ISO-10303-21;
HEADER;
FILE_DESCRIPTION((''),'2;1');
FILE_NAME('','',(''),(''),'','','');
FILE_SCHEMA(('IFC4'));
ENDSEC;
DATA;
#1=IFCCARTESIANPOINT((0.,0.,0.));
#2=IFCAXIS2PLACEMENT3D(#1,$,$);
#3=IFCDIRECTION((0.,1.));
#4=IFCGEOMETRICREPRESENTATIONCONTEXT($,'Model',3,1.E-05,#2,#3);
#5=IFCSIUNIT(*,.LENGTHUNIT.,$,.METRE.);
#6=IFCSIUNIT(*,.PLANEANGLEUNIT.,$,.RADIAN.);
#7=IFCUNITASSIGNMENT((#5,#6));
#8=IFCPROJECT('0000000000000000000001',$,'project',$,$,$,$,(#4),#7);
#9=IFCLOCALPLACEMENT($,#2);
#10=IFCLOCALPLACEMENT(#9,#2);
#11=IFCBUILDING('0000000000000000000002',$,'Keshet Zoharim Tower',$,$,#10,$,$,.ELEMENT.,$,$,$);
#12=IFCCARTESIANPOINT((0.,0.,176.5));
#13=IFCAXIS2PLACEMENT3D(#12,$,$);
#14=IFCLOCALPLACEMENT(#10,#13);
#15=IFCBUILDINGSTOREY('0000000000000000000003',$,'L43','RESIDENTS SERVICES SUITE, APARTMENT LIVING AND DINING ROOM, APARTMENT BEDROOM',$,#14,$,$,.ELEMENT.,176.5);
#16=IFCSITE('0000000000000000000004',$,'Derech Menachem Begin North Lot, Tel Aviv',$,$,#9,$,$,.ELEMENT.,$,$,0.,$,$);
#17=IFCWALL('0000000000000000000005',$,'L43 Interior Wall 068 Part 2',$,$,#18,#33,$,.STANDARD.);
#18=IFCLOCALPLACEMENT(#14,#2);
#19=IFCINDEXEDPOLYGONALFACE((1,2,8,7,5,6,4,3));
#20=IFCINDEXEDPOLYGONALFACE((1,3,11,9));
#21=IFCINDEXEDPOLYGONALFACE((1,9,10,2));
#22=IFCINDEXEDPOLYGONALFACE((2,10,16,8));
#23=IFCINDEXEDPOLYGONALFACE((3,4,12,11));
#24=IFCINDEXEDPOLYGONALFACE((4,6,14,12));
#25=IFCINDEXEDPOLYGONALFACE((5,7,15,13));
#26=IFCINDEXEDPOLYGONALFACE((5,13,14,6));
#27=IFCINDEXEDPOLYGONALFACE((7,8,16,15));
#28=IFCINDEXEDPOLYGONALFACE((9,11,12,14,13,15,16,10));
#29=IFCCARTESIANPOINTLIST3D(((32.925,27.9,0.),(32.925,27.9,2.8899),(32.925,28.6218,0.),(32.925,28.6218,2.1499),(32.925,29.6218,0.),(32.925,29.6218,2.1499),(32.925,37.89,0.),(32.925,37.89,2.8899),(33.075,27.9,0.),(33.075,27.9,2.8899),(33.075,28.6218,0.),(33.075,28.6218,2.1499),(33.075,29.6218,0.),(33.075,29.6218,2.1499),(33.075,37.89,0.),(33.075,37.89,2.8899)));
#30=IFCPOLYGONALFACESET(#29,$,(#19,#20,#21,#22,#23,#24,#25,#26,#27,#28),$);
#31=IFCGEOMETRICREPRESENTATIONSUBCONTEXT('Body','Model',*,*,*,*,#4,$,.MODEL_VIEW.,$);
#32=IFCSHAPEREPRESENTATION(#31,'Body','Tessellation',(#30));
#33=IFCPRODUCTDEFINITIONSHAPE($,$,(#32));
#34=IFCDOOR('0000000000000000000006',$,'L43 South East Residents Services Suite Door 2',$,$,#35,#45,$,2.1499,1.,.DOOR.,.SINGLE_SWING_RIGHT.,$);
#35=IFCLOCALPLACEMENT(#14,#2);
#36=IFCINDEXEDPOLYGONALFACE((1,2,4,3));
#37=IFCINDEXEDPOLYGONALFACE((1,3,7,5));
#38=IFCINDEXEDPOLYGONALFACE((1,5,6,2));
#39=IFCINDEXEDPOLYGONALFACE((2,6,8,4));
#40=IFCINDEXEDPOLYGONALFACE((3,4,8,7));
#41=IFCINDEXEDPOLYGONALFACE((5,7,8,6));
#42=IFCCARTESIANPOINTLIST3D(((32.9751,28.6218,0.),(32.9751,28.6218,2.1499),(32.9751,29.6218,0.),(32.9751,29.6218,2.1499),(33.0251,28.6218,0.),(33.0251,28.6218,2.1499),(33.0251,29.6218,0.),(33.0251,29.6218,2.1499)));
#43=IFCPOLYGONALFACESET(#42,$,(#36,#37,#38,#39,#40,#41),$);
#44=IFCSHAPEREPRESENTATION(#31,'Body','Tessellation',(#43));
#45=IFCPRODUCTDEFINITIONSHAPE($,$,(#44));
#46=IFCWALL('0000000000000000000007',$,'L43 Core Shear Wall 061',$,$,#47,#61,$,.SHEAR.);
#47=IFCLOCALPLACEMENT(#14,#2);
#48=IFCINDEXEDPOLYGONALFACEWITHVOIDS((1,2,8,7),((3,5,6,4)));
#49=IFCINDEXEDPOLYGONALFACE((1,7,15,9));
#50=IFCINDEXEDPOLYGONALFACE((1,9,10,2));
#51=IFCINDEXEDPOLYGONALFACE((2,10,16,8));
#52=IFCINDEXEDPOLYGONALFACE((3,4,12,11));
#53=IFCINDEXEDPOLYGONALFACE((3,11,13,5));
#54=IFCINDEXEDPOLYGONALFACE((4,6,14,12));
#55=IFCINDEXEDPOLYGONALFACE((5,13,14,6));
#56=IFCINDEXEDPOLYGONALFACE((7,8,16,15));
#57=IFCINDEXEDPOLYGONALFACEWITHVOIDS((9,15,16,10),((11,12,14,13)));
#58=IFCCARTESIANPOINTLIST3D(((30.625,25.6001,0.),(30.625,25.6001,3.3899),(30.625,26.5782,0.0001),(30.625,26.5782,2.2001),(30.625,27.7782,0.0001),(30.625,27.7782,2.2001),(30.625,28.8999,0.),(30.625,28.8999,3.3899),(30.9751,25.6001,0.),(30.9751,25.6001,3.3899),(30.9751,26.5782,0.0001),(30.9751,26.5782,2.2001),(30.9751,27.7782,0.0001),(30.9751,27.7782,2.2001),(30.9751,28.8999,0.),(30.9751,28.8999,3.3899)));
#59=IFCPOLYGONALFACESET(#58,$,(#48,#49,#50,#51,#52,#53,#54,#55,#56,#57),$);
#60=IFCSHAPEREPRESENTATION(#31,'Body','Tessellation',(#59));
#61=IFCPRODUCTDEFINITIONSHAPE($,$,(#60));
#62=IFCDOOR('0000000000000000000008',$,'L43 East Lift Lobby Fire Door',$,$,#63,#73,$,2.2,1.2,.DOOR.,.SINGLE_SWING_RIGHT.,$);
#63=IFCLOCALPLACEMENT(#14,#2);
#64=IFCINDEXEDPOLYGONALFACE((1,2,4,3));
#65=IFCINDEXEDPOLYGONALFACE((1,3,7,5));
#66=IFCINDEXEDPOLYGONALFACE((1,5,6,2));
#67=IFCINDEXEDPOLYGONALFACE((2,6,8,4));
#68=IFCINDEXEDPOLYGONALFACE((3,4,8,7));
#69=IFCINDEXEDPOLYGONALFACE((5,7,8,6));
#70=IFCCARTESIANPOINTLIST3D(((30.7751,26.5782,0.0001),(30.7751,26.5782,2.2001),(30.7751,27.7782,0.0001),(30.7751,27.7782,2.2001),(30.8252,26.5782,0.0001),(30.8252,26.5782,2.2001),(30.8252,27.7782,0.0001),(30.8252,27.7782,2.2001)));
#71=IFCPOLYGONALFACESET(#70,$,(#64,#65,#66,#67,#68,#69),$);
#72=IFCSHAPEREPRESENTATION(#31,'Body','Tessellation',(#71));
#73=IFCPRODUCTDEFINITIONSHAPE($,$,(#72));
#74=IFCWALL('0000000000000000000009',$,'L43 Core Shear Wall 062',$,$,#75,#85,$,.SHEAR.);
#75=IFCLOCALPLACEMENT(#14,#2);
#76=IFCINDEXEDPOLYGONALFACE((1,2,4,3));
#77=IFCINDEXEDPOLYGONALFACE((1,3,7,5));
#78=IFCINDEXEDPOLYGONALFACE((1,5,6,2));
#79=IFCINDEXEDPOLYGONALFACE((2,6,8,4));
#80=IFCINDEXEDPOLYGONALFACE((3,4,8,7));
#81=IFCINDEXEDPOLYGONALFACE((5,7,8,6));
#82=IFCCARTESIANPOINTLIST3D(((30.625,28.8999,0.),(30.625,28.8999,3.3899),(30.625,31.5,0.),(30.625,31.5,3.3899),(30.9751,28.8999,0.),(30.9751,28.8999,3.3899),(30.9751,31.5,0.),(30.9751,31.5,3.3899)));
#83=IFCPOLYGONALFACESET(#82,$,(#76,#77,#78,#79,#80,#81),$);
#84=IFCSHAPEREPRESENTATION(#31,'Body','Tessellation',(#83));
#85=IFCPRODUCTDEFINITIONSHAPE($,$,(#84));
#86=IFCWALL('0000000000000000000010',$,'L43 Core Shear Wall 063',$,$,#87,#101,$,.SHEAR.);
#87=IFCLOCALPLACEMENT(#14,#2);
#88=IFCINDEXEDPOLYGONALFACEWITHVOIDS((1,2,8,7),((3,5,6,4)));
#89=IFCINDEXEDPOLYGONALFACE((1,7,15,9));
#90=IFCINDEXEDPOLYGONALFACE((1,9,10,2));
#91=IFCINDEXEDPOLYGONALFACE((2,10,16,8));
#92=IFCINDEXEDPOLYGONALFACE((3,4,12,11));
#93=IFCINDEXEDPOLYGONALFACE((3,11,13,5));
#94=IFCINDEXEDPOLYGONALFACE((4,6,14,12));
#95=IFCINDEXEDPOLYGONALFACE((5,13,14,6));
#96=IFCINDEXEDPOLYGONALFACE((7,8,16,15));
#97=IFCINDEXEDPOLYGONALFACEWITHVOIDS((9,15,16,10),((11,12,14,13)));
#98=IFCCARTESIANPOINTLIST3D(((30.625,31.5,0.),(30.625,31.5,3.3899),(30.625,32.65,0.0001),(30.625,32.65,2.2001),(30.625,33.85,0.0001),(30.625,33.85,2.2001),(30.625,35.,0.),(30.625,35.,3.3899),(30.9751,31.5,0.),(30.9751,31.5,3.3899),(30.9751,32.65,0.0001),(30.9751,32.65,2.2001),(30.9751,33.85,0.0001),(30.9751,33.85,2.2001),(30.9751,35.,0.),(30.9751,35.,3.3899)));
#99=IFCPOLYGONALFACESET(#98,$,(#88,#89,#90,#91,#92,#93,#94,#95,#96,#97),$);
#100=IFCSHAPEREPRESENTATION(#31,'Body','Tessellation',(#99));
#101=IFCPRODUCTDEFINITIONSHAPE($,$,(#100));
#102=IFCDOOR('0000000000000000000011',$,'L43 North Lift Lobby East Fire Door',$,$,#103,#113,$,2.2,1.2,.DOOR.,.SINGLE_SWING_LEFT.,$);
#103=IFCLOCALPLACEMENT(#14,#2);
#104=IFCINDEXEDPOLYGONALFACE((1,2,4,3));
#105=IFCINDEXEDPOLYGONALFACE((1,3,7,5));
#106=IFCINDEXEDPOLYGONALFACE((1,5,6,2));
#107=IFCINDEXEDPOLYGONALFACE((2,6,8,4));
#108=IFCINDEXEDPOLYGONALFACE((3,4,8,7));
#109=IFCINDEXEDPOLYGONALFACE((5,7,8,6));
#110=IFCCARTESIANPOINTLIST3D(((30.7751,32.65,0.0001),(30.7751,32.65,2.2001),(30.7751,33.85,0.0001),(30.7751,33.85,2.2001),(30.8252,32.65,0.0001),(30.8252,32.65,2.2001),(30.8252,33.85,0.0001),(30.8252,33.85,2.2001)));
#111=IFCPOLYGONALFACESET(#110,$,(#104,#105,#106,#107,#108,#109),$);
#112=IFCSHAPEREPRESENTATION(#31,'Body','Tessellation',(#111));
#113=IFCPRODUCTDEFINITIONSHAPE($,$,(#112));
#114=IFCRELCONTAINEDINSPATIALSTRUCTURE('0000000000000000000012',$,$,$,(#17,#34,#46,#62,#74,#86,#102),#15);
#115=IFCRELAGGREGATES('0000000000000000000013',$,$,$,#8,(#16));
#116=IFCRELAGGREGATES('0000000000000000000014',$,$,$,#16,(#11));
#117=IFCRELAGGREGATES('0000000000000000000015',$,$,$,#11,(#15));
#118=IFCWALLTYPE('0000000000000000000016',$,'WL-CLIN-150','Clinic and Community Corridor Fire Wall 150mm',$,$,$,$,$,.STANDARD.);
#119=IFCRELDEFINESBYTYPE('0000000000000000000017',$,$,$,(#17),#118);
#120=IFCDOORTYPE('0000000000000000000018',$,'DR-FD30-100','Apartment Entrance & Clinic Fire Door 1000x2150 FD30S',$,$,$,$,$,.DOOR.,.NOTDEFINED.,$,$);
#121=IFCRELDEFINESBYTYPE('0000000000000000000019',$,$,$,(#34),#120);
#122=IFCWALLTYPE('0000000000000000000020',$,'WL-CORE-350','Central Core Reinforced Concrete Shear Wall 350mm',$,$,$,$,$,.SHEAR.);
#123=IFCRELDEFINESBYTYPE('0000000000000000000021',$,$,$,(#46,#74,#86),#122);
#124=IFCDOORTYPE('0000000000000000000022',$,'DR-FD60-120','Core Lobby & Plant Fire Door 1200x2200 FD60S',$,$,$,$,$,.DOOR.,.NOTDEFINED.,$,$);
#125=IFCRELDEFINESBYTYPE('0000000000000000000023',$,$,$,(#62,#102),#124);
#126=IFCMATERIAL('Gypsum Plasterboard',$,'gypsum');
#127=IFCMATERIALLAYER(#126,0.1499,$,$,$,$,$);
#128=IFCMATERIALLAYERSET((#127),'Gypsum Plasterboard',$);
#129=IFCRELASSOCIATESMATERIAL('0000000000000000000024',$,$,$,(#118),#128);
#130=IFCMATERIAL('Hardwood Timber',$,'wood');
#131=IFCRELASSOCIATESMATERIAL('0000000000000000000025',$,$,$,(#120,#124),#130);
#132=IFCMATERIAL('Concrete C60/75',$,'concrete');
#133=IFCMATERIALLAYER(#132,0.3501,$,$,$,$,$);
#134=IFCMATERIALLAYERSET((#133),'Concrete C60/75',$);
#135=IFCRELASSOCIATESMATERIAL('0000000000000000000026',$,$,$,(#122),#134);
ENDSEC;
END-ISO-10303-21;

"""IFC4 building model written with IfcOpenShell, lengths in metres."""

from ifc_helpers import new_model, si_unit, direction, frame, frame_2d, origin, place, context, subcontext, project, spatial, rectangle, extrude, material, layer, layer_set, type_object, element, fill, save


model = new_model("IFC4")

# Units and contexts
model_context = context("Model", 3, precision=1e-05, world=origin(), true_north=direction((0.0, 1.0)))
body_context = subcontext(model_context, "Body", "Model", "MODEL_VIEW")
ifc_project = project(units=[si_unit("LENGTHUNIT", "METRE"), si_unit("PLANEANGLEUNIT", "RADIAN")], contexts=[model_context])

# Site, building, storey
site_placement = place(None, origin())
site = spatial("IfcSite", under=ifc_project, at=site_placement, Name="Derech Menachem Begin North Lot, Tel Aviv", CompositionType="ELEMENT", RefElevation=0.0)
building_placement = place(site_placement, origin())
building = spatial("IfcBuilding", under=site, at=building_placement, Name="Keshet Zoharim Tower", CompositionType="ELEMENT")
storey_placement = place(building_placement, frame((0.0, 0.0, 176.5)))
storey = spatial("IfcBuildingStorey", under=building, at=storey_placement, Name="L43", Description="RESIDENTS SERVICES SUITE, APARTMENT LIVING AND DINING ROOM, APARTMENT BEDROOM", CompositionType="ELEMENT", Elevation=176.5)

# Shared definitions
ifc_material_1 = material(Name="Concrete C60/75", Category="concrete")

# Shared definitions
ifc_material_2 = material(Name="Gypsum Plasterboard", Category="gypsum")
ifc_layer_1 = layer(ifc_material_2, 0.1499)
ifc_layer_set_1 = layer_set([ifc_layer_1], Name="Gypsum Plasterboard")
wall_type_1 = type_object("IfcWallType", Name="WL-CLIN-150", Description="Clinic and Community Corridor Fire Wall 150mm", PredefinedType="STANDARD", material=ifc_layer_set_1)

# Walls, openings, doors
ifc_material_3 = material(Name="Hardwood Timber", Category="wood")
door_type_1 = type_object("IfcDoorType", Name="DR-FD30-100", Description="Apartment Entrance & Clinic Fire Door 1000x2150 FD30S", OperationType="NOTDEFINED", PredefinedType="DOOR", material=ifc_material_3)
wall_1_placement = place(storey_placement, frame((33.0, 27.8999, 0.0), z_axis=(0.0, 0.0, 1.0), x_axis=(0.0, 1.0, 0.0)))
wall_1 = element("IfcWall", 1, at=wall_1_placement, inside=storey, type_object=wall_type_1, Name="L43 Interior Wall 068 Part 2", PredefinedType="STANDARD", context=body_context, shape_type="SweptSolid", body=[
    extrude(rectangle(XDim=9.99, YDim=0.1499, at=frame_2d((4.9951, 0.0))), origin(), (0.0, 0.0, 1.0), 2.8899),
])
opening_1_placement = place(wall_1_placement, frame((0.7219, 0.0, 0.0)))
opening_1 = element("IfcOpeningElement", 2, at=opening_1_placement, cuts=wall_1, PredefinedType="OPENING", context=body_context, shape_type="SweptSolid", body=[
    extrude(rectangle(XDim=1.0, YDim=2.1499, at=frame_2d((0.5, 1.075))), frame((0.0, 0.085, 0.0), z_axis=(0.0, -1.0, 0.0), x_axis=(1.0, 0.0, 0.0)), (0.0, 0.0, 1.0), 0.1699),
])
door_1_placement = place(opening_1_placement, origin())
door_1 = element("IfcDoor", 3, at=door_1_placement, inside=storey, type_object=door_type_1, Name="L43 South East Residents Services Suite Door 2", OperationType="SINGLE_SWING_RIGHT", OverallHeight=2.1499, OverallWidth=1.0, PredefinedType="DOOR", context=body_context, shape_type="SweptSolid", body=[
    extrude(rectangle(XDim=1.0, YDim=2.1499, at=frame_2d((0.5, 1.075))), frame((0.0, 0.0249, 0.0), z_axis=(0.0, -1.0, 0.0), x_axis=(1.0, 0.0, 0.0)), (0.0, 0.0, 1.0), 0.05),
])
fill(opening_1, door_1)
ifc_layer_2 = layer(ifc_material_1, 0.3501)
ifc_layer_set_2 = layer_set([ifc_layer_2], Name="Concrete C60/75")
wall_type_2 = type_object("IfcWallType", Name="WL-CORE-350", Description="Central Core Reinforced Concrete Shear Wall 350mm", PredefinedType="SHEAR", material=ifc_layer_set_2)
wall_2_placement = place(storey_placement, frame((30.8, 25.6001, 0.0), z_axis=(0.0, 0.0, 1.0), x_axis=(0.0, 1.0, 0.0)))
wall_2 = element("IfcWall", 4, at=wall_2_placement, inside=storey, type_object=wall_type_2, Name="L43 Core Shear Wall 061", PredefinedType="SHEAR", context=body_context, shape_type="SweptSolid", body=[
    extrude(rectangle(XDim=3.2998, YDim=0.3501, at=frame_2d((1.6499, 0.0))), origin(), (0.0, 0.0, 1.0), 3.3899),
])
opening_2_placement = place(wall_2_placement, frame((0.978, 0.0, 0.0)))
opening_2 = element("IfcOpeningElement", 5, at=opening_2_placement, cuts=wall_2, PredefinedType="OPENING", context=body_context, shape_type="SweptSolid", body=[
    extrude(rectangle(XDim=1.2, YDim=2.2, at=frame_2d((0.6001, 1.1001))), frame((0.0, 0.1851, 0.0), z_axis=(0.0, -1.0, 0.0), x_axis=(1.0, 0.0, 0.0)), (0.0, 0.0, 1.0), 0.3701),
])
door_type_2 = type_object("IfcDoorType", Name="DR-FD60-120", Description="Core Lobby & Plant Fire Door 1200x2200 FD60S", OperationType="NOTDEFINED", PredefinedType="DOOR", material=ifc_material_3)
door_2_placement = place(opening_2_placement, origin())
door_2 = element("IfcDoor", 6, at=door_2_placement, inside=storey, type_object=door_type_2, Name="L43 East Lift Lobby Fire Door", OperationType="SINGLE_SWING_RIGHT", OverallHeight=2.2, OverallWidth=1.2, PredefinedType="DOOR", context=body_context, shape_type="SweptSolid", body=[
    extrude(rectangle(XDim=1.2, YDim=2.2, at=frame_2d((0.6001, 1.1001))), frame((0.0, 0.0249, 0.0), z_axis=(0.0, -1.0, 0.0), x_axis=(1.0, 0.0, 0.0)), (0.0, 0.0, 1.0), 0.05),
])
fill(opening_2, door_2)

# Wall
wall_3_placement = place(storey_placement, frame((30.8, 28.8999, 0.0), z_axis=(0.0, 0.0, 1.0), x_axis=(0.0, 1.0, 0.0)))
element("IfcWall", 7, at=wall_3_placement, inside=storey, type_object=wall_type_2, Name="L43 Core Shear Wall 062", PredefinedType="SHEAR", context=body_context, shape_type="SweptSolid", body=[
    extrude(rectangle(XDim=2.6001, YDim=0.3501, at=frame_2d((1.3, 0.0))), origin(), (0.0, 0.0, 1.0), 3.3899),
])

# Wall, opening, door
wall_4_placement = place(storey_placement, frame((30.8, 31.5, 0.0), z_axis=(0.0, 0.0, 1.0), x_axis=(0.0, 1.0, 0.0)))
wall_4 = element("IfcWall", 8, at=wall_4_placement, inside=storey, type_object=wall_type_2, Name="L43 Core Shear Wall 063", PredefinedType="SHEAR", context=body_context, shape_type="SweptSolid", body=[
    extrude(rectangle(XDim=3.5, YDim=0.3501, at=frame_2d((1.75, 0.0))), origin(), (0.0, 0.0, 1.0), 3.3899),
])
opening_3_placement = place(wall_4_placement, frame((1.1499, 0.0, 0.0)))
opening_3 = element("IfcOpeningElement", 9, at=opening_3_placement, cuts=wall_4, PredefinedType="OPENING", context=body_context, shape_type="SweptSolid", body=[
    extrude(rectangle(XDim=1.2, YDim=2.2, at=frame_2d((0.6001, 1.1001))), frame((0.0, 0.1851, 0.0), z_axis=(0.0, -1.0, 0.0), x_axis=(1.0, 0.0, 0.0)), (0.0, 0.0, 1.0), 0.3701),
])
door_3_placement = place(opening_3_placement, origin())
door_3 = element("IfcDoor", 10, at=door_3_placement, inside=storey, type_object=door_type_2, Name="L43 North Lift Lobby East Fire Door", OperationType="SINGLE_SWING_LEFT", OverallHeight=2.2, OverallWidth=1.2, PredefinedType="DOOR", context=body_context, shape_type="SweptSolid", body=[
    extrude(rectangle(XDim=1.2, YDim=2.2, at=frame_2d((0.6001, 1.1001))), frame((0.0, 0.0249, 0.0), z_axis=(0.0, -1.0, 0.0), x_axis=(1.0, 0.0, 0.0)), (0.0, 0.0, 1.0), 0.05),
])
fill(opening_3, door_3)

save(model, "model.ifc")
